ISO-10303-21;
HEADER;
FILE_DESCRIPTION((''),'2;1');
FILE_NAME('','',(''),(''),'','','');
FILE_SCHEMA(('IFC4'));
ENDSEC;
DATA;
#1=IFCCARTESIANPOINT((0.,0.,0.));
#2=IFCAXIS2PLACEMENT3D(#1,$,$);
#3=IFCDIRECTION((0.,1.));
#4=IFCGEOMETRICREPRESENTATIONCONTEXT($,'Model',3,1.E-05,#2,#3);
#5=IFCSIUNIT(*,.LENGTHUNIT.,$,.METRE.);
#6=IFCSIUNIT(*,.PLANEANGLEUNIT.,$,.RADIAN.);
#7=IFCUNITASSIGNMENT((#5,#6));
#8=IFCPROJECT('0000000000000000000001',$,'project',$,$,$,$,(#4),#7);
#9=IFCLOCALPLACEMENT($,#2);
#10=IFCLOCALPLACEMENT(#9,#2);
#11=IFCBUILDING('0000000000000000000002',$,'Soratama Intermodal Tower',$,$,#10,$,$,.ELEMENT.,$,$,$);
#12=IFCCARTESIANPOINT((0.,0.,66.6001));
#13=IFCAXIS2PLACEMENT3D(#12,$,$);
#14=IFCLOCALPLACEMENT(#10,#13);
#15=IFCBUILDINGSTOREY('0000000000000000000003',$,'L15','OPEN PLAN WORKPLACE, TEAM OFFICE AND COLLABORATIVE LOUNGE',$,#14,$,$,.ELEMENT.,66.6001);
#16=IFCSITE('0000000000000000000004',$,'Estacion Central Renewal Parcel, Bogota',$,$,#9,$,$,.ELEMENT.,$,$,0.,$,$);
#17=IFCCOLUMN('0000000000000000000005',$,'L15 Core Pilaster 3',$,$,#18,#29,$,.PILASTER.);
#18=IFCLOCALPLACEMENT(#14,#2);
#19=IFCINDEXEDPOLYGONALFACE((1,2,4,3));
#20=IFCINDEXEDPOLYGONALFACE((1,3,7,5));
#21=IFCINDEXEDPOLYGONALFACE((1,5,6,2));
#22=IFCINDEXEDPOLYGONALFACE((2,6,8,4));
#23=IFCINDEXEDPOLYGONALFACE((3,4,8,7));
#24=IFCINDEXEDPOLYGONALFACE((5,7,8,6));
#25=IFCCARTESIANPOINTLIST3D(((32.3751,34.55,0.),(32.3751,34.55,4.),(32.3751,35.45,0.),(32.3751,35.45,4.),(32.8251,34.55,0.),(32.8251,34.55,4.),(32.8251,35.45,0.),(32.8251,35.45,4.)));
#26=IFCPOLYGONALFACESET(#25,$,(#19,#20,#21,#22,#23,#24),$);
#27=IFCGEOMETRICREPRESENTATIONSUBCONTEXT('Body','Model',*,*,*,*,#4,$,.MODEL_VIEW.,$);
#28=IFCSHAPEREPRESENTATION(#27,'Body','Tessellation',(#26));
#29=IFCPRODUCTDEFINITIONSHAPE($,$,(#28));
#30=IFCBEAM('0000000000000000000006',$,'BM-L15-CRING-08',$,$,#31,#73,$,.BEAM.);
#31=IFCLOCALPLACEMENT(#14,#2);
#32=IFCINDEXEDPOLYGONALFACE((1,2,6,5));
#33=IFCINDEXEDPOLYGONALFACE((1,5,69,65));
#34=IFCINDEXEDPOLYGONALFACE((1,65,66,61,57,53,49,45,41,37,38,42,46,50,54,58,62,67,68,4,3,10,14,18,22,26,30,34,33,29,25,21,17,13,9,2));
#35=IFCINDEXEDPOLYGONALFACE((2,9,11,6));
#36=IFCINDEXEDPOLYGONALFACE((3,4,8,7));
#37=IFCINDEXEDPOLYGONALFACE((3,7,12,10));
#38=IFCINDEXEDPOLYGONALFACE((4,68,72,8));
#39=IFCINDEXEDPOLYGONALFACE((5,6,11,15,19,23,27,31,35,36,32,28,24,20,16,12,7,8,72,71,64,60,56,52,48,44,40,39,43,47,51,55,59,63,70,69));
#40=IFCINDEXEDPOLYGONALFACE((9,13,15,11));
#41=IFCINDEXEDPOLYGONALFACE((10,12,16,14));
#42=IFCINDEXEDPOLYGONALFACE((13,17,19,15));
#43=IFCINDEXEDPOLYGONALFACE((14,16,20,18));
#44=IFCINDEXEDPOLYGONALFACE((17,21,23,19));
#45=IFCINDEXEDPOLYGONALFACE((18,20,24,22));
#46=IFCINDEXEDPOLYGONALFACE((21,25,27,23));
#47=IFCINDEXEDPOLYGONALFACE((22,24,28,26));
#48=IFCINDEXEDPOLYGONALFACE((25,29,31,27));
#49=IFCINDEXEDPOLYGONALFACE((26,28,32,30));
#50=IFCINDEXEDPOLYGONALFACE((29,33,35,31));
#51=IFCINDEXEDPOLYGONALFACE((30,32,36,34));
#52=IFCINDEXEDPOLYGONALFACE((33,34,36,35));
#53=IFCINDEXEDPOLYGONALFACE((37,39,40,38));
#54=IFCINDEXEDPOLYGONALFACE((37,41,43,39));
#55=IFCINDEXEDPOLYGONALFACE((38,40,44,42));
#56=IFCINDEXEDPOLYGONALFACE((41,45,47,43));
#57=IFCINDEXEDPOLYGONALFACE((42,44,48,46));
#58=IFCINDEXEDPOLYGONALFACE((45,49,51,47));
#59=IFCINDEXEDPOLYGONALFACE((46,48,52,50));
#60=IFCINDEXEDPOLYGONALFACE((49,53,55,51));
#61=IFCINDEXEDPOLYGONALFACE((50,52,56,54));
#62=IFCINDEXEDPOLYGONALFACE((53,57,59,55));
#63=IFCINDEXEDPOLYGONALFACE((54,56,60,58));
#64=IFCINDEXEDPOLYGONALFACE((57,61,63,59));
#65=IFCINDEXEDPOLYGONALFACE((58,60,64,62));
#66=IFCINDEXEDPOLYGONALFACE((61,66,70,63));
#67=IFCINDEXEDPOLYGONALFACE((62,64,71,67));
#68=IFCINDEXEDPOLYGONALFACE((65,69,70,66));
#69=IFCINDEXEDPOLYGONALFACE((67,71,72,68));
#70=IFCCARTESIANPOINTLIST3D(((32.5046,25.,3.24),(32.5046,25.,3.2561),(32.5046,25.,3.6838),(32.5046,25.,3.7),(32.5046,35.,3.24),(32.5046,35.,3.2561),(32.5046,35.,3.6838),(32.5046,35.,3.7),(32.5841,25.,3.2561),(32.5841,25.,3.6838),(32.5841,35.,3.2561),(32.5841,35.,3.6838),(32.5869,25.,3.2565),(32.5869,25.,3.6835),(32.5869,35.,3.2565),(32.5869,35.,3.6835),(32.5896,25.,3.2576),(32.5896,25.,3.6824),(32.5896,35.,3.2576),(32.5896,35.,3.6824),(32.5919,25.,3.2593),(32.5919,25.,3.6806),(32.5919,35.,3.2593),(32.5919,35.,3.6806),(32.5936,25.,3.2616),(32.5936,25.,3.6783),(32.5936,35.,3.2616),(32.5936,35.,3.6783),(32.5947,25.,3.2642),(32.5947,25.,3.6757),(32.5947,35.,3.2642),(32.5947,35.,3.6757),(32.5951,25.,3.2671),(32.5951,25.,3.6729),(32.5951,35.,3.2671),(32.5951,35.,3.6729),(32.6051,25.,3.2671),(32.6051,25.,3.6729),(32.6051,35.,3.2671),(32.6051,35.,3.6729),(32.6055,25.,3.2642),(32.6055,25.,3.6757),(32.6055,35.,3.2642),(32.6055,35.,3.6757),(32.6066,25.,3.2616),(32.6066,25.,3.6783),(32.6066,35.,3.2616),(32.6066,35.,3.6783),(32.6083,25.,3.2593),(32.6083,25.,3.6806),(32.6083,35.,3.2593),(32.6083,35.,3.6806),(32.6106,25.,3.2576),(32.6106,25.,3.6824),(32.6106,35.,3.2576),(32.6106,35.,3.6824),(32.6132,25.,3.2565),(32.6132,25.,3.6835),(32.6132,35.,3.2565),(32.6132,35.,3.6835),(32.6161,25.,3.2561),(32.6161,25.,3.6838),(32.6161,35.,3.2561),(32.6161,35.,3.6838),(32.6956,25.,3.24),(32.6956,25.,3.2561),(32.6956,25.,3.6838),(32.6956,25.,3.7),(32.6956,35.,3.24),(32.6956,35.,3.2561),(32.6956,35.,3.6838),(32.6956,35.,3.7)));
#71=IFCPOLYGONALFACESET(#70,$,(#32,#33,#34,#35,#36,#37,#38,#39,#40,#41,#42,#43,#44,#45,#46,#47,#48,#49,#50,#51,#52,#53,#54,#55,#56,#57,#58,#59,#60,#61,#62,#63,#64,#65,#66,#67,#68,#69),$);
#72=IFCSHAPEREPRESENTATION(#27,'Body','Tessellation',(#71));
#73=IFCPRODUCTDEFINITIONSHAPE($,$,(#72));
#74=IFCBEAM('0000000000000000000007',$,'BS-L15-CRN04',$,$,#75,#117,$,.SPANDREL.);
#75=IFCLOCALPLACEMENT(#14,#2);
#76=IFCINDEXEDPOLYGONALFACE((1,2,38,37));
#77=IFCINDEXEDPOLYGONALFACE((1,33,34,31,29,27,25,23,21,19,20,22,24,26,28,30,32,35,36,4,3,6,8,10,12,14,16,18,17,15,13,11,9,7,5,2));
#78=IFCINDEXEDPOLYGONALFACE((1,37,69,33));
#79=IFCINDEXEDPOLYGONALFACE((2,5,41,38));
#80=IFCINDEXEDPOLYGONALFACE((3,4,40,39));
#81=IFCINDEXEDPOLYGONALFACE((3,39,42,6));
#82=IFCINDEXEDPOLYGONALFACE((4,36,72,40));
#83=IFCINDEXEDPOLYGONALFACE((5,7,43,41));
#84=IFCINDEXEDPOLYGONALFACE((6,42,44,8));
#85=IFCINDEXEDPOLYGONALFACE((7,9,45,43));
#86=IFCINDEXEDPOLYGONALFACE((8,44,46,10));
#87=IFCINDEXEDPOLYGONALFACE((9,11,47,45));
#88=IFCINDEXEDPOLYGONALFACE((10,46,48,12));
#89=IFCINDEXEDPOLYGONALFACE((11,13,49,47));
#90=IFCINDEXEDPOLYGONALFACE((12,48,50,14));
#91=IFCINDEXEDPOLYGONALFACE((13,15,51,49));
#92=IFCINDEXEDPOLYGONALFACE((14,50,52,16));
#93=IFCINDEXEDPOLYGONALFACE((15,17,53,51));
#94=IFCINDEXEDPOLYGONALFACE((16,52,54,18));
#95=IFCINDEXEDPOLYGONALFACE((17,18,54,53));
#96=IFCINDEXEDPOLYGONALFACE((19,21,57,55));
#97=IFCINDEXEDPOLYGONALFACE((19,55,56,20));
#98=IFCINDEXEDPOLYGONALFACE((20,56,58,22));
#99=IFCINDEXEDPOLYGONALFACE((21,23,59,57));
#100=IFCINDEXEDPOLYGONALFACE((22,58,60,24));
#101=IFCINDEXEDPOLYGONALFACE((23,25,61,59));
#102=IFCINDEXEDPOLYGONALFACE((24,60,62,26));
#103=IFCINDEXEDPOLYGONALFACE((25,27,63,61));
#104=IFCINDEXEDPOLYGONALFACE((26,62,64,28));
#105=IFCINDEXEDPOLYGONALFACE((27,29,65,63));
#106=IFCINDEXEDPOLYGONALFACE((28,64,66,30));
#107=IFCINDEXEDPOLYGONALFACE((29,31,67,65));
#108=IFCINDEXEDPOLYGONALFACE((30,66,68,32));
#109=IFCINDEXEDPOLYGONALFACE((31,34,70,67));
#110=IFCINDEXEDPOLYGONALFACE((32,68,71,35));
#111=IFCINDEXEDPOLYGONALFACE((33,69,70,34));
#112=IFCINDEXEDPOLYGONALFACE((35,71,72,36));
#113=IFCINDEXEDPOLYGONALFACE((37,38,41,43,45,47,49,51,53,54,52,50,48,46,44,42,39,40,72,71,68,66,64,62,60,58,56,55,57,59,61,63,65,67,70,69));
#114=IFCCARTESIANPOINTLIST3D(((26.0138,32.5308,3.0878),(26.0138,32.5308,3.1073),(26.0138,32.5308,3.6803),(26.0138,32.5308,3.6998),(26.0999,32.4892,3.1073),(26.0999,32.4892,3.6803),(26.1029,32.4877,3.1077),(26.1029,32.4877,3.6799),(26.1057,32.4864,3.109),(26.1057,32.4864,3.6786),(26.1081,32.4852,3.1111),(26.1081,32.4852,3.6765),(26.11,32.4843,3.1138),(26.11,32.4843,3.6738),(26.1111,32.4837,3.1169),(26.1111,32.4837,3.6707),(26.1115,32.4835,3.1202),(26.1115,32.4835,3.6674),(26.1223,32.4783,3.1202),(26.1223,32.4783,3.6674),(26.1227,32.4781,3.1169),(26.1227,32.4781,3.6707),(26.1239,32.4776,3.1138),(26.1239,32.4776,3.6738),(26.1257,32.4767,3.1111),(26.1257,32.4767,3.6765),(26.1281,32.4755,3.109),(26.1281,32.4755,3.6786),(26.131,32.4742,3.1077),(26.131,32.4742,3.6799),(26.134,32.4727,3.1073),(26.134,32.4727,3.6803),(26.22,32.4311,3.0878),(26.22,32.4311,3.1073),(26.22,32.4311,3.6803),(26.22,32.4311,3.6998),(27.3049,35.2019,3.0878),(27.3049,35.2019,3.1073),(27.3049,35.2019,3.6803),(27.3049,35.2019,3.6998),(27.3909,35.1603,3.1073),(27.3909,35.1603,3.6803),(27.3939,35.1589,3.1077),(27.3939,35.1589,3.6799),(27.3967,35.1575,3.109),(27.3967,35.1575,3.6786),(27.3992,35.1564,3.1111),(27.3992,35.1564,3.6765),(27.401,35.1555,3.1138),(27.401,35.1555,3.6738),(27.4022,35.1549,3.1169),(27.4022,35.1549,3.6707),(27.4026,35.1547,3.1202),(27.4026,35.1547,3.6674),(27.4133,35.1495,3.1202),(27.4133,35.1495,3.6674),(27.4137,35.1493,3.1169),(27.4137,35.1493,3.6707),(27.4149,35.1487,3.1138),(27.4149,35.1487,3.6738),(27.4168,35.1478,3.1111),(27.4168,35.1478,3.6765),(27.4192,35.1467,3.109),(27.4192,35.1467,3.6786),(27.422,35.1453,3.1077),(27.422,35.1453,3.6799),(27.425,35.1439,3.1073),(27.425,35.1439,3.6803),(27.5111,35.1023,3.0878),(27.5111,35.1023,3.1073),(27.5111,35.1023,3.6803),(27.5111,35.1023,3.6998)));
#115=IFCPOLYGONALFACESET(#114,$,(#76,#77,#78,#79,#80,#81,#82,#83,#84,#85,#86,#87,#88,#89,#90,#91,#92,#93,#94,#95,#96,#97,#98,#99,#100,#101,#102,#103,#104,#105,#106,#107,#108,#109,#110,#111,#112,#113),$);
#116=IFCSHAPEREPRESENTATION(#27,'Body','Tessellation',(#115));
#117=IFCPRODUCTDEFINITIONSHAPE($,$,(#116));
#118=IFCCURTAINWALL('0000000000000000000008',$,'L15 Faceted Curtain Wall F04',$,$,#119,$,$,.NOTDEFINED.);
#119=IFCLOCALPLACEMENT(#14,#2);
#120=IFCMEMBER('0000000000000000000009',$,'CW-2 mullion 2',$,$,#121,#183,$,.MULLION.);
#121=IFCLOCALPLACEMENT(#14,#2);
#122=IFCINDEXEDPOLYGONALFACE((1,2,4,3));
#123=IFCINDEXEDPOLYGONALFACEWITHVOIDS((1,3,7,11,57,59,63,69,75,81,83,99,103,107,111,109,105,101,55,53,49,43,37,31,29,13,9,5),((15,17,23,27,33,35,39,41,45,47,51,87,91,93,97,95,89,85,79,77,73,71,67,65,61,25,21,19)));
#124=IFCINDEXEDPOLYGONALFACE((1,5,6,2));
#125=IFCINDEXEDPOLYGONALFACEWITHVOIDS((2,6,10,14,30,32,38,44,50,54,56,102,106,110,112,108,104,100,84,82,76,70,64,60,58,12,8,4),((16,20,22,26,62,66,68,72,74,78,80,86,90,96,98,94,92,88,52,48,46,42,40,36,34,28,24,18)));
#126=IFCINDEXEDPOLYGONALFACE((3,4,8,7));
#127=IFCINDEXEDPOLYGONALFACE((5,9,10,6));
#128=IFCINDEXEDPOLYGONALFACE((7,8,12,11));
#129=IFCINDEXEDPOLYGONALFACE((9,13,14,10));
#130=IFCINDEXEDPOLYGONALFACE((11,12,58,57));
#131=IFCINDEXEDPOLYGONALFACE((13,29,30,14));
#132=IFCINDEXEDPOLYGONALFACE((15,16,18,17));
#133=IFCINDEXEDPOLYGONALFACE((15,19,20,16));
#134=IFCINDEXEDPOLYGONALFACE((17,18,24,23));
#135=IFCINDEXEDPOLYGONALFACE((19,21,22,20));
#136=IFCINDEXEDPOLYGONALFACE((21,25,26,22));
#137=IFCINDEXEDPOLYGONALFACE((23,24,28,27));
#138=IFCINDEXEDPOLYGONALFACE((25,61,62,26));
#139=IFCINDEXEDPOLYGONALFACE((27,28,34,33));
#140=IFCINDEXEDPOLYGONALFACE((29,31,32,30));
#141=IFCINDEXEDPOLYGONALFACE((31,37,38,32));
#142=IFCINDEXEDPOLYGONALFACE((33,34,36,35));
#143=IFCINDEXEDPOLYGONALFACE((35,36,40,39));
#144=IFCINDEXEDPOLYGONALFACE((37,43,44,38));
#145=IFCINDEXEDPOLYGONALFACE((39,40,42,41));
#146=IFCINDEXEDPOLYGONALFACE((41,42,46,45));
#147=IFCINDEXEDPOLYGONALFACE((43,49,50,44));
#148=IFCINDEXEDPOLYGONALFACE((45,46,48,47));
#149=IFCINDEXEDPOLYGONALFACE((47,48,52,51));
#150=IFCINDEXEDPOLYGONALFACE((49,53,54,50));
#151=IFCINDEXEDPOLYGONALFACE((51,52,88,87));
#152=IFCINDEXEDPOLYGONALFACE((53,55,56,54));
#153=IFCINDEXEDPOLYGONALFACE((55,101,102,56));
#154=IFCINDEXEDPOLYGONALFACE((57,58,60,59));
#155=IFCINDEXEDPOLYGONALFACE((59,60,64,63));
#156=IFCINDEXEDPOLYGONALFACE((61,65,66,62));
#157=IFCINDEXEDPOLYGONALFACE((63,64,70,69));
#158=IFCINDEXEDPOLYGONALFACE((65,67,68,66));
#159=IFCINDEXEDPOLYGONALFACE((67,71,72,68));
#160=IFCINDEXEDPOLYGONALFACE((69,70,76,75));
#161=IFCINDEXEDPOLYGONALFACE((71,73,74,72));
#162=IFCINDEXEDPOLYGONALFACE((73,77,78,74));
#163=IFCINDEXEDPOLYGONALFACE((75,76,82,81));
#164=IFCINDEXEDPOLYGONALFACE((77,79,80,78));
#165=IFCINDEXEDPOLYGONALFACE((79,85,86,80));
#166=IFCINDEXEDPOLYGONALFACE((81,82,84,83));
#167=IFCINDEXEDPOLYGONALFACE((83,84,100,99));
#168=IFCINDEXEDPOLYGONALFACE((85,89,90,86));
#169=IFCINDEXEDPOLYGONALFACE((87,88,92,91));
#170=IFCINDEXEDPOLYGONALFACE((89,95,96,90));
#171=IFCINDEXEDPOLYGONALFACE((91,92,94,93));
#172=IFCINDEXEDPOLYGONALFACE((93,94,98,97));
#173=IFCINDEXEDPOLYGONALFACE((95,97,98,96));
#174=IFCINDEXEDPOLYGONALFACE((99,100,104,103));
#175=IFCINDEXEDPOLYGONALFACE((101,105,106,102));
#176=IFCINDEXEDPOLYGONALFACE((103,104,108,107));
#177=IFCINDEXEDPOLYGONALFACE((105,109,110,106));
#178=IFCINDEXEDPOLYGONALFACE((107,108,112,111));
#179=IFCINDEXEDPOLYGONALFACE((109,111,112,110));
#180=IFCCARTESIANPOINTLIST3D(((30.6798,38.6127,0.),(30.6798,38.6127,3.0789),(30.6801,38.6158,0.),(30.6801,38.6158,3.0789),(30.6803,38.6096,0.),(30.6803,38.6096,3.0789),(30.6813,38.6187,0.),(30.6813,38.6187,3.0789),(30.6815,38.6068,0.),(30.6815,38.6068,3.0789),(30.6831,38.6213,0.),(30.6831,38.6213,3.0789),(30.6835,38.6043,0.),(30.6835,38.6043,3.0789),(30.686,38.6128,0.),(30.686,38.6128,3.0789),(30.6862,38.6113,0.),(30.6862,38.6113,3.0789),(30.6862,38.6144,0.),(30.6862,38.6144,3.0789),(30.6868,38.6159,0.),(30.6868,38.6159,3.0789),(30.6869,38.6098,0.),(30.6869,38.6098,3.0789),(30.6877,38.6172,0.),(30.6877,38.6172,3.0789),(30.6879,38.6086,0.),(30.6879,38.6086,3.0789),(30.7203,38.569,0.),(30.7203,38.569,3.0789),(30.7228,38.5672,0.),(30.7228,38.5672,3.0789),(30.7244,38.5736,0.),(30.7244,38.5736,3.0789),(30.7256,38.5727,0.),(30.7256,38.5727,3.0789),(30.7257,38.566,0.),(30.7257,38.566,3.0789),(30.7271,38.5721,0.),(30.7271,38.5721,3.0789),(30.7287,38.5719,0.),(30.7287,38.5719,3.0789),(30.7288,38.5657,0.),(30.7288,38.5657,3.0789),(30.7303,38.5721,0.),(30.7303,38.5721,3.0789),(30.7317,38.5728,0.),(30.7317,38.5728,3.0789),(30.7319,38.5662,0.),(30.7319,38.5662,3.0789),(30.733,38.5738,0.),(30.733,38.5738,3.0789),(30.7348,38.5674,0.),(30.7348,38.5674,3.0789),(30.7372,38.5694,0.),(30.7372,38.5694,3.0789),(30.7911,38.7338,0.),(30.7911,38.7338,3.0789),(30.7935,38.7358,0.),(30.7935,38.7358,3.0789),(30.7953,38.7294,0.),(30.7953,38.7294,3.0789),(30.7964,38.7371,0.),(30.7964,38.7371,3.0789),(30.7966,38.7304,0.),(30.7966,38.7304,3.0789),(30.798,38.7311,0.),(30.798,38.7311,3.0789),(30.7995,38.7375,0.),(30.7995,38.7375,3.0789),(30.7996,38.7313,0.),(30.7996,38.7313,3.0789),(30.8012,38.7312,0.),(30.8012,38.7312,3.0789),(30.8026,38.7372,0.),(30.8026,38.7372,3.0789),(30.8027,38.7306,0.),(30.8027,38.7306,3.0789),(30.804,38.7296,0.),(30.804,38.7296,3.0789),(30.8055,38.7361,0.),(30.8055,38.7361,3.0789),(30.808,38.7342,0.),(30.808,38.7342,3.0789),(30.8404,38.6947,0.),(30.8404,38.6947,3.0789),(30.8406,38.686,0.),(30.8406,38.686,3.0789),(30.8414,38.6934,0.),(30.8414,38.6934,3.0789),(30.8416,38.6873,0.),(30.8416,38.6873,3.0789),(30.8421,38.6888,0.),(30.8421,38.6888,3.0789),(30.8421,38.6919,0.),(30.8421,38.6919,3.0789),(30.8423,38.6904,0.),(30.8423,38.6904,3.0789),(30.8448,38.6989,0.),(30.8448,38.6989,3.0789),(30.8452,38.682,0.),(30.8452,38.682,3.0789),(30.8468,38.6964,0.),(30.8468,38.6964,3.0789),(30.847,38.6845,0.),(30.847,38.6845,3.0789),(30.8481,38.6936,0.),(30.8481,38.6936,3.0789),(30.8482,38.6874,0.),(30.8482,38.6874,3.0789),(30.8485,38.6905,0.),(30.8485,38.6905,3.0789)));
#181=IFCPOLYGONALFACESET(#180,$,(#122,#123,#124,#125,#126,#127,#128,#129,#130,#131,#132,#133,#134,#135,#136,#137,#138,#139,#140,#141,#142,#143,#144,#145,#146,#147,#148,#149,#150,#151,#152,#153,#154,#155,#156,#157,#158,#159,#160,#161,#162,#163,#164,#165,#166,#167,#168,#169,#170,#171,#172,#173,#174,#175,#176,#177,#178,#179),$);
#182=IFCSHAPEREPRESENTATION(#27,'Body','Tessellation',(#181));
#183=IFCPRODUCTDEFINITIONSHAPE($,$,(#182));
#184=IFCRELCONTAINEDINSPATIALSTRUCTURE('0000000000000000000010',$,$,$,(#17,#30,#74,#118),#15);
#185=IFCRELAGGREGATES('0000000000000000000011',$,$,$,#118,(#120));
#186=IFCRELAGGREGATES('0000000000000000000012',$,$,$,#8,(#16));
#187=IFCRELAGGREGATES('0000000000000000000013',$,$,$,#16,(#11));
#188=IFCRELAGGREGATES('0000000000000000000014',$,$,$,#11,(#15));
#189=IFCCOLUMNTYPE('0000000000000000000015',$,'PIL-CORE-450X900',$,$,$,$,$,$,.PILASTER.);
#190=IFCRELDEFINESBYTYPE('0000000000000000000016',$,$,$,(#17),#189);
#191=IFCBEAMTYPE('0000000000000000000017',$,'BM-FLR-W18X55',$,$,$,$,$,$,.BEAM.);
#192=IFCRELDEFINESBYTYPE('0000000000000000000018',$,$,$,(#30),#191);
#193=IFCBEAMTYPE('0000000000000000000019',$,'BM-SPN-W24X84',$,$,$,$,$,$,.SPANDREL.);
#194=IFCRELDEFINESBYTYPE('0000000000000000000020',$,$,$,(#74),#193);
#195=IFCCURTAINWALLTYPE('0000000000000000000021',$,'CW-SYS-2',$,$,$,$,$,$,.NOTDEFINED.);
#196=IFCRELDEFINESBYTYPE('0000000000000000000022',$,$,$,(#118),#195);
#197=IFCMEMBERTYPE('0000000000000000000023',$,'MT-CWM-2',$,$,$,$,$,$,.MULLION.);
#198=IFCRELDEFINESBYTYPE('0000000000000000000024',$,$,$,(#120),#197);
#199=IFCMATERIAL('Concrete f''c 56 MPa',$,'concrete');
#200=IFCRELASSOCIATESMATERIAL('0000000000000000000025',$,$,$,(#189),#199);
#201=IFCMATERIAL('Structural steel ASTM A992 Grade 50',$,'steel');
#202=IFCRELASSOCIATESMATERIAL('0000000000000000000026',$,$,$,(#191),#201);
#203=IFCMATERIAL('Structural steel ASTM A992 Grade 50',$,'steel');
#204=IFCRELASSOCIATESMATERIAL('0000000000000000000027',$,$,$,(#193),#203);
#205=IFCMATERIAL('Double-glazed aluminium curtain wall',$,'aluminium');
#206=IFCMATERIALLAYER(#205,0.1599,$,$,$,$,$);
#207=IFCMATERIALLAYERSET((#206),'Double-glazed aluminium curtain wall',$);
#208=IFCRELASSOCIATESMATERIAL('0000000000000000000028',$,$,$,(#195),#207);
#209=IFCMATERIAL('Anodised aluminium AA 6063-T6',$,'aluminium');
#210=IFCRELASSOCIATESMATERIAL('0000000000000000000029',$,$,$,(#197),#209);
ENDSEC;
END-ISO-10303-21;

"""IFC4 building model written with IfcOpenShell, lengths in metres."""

from ifc_helpers import new_model, si_unit, direction, frame, origin, origin_2d, place, context, subcontext, project, spatial, rectangle, hollow_rectangle, i_section, extrude, material, layer, layer_set, material_profile, profile_set, type_object, element, aggregate, save


model = new_model("IFC4")

# Units and contexts
model_context = context("Model", 3, precision=1e-05, world=origin(), true_north=direction((0.0, 1.0)))
body_context = subcontext(model_context, "Body", "Model", "MODEL_VIEW")
ifc_project = project(units=[si_unit("LENGTHUNIT", "METRE"), si_unit("PLANEANGLEUNIT", "RADIAN")], contexts=[model_context])

# Site, building, storey
site_placement = place(None, origin())
site = spatial("IfcSite", under=ifc_project, at=site_placement, Name="Estacion Central Renewal Parcel, Bogota", CompositionType="ELEMENT", RefElevation=0.0)
building_placement = place(site_placement, origin())
building = spatial("IfcBuilding", under=site, at=building_placement, Name="Soratama Intermodal Tower", CompositionType="ELEMENT")
storey_placement = place(building_placement, frame((0.0, 0.0, 66.6001)))
storey = spatial("IfcBuildingStorey", under=building, at=storey_placement, Name="L15", Description="OPEN PLAN WORKPLACE, TEAM OFFICE AND COLLABORATIVE LOUNGE", CompositionType="ELEMENT", Elevation=66.6001)

# Column
ifc_material_1 = material(Name="Concrete f'c 56 MPa", Category="concrete")
ifc_material_profile_1 = material_profile(ifc_material_1, rectangle(XDim=0.45, YDim=0.8999, at=origin_2d()), Name="RC450X900")
ifc_profile_set_1 = profile_set([ifc_material_profile_1], Name="Concrete f'c 56 MPa")
column_type = type_object("IfcColumnType", Name="PIL-CORE-450X900", PredefinedType="PILASTER", material=ifc_profile_set_1)
column_placement = place(storey_placement, frame((32.6001, 35.0, 0.0), z_axis=(0.0, 0.0, 1.0), x_axis=(1.0, 0.0, 0.0)))
element("IfcColumn", 1, at=column_placement, inside=storey, type_object=column_type, Name="L15 Core Pilaster 3", PredefinedType="PILASTER", context=body_context, shape_type="SweptSolid", body=[
    extrude(rectangle(XDim=0.45, YDim=0.8999, at=origin_2d()), origin(), (0.0, 0.0, 1.0), 4.0),
])

# Beams
ifc_material_2 = material(Name="Structural steel ASTM A992 Grade 50", Category="steel")
ifc_material_profile_2 = material_profile(ifc_material_2, i_section(OverallWidth=0.1909, OverallDepth=0.46, WebThickness=0.01, FlangeThickness=0.0161, FilletRadius=0.011, at=origin_2d()), Name="W18X55")
ifc_profile_set_2 = profile_set([ifc_material_profile_2], Name="Structural steel ASTM A992 Grade 50")
beam_type_1 = type_object("IfcBeamType", Name="BM-FLR-W18X55", PredefinedType="BEAM", material=ifc_profile_set_2)
beam_1_placement = place(storey_placement, frame((32.6001, 35.0, 3.47), z_axis=(0.0, -1.0, 0.0), x_axis=(1.0, 0.0, 0.0)))
element("IfcBeam", 2, at=beam_1_placement, inside=storey, type_object=beam_type_1, Name="BM-L15-CRING-08", PredefinedType="BEAM", context=body_context, shape_type="SweptSolid", body=[
    extrude(i_section(OverallWidth=0.1909, OverallDepth=0.46, WebThickness=0.01, FlangeThickness=0.0161, FilletRadius=0.011, at=origin_2d()), origin(), (0.0, 0.0, 1.0), 10.0),
])
ifc_material_3 = material(Name="Structural steel ASTM A992 Grade 50", Category="steel")
ifc_material_profile_3 = material_profile(ifc_material_3, i_section(OverallWidth=0.229, OverallDepth=0.6121, WebThickness=0.012, FlangeThickness=0.0195, FilletRadius=0.0129, at=origin_2d()), Name="W24X84")
ifc_profile_set_3 = profile_set([ifc_material_profile_3], Name="Structural steel ASTM A992 Grade 50")
beam_type_2 = type_object("IfcBeamType", Name="BM-SPN-W24X84", PredefinedType="SPANDREL", material=ifc_profile_set_3)
beam_2_placement = place(storey_placement, frame((27.408, 35.1521, 3.3938), z_axis=(-0.435159, -0.900354, 0.0), x_axis=(0.900354, -0.435159, 0.0)))
element("IfcBeam", 3, at=beam_2_placement, inside=storey, type_object=beam_type_2, Name="BS-L15-CRN04", PredefinedType="SPANDREL", context=body_context, shape_type="SweptSolid", body=[
    extrude(i_section(OverallWidth=0.229, OverallDepth=0.6121, WebThickness=0.012, FlangeThickness=0.0195, FilletRadius=0.0129, at=origin_2d()), origin(), (0.0, 0.0, 1.0), 2.9668),
])

# Curtain wall, member
ifc_material_4 = material(Name="Double-glazed aluminium curtain wall", Category="aluminium")
ifc_layer_1 = layer(ifc_material_4, 0.1599)
ifc_layer_set_1 = layer_set([ifc_layer_1], Name="Double-glazed aluminium curtain wall")
curtain_wall_type = type_object("IfcCurtainWallType", Name="CW-SYS-2", PredefinedType="NOTDEFINED", material=ifc_layer_set_1)
curtain_wall_placement = place(storey_placement, origin())
curtain_wall = element("IfcCurtainWall", 4, at=curtain_wall_placement, inside=storey, type_object=curtain_wall_type, Name="L15 Faceted Curtain Wall F04", PredefinedType="NOTDEFINED")
ifc_material_5 = material(Name="Anodised aluminium AA 6063-T6", Category="aluminium")
ifc_material_profile_4 = material_profile(ifc_material_5, hollow_rectangle(XDim=0.075, YDim=0.1799, WallThickness=0.0061, InnerFilletRadius=0.0061, OuterFilletRadius=0.012, at=origin_2d()), Name="CWM180X75X6")
ifc_profile_set_4 = profile_set([ifc_material_profile_4], Name="Anodised aluminium AA 6063-T6")
member_type_1 = type_object("IfcMemberType", Name="MT-CWM-2", PredefinedType="MULLION", material=ifc_profile_set_4)
member_1_placement = place(storey_placement, frame((30.7642, 38.6516, 0.0), z_axis=(0.0, 0.0, 1.0), x_axis=(0.721759, -0.692145, 0.0)))
member_1 = element("IfcMember", 5, at=member_1_placement, type_object=member_type_1, Name="CW-2 mullion 2", PredefinedType="MULLION", context=body_context, shape_type="SweptSolid", body=[
    extrude(hollow_rectangle(XDim=0.075, YDim=0.1799, WallThickness=0.0061, InnerFilletRadius=0.0061, OuterFilletRadius=0.012, at=origin_2d()), origin(), (0.0, 0.0, 1.0), 3.0789),
])
aggregate(curtain_wall, [member_1])

save(model, "model.ifc")
